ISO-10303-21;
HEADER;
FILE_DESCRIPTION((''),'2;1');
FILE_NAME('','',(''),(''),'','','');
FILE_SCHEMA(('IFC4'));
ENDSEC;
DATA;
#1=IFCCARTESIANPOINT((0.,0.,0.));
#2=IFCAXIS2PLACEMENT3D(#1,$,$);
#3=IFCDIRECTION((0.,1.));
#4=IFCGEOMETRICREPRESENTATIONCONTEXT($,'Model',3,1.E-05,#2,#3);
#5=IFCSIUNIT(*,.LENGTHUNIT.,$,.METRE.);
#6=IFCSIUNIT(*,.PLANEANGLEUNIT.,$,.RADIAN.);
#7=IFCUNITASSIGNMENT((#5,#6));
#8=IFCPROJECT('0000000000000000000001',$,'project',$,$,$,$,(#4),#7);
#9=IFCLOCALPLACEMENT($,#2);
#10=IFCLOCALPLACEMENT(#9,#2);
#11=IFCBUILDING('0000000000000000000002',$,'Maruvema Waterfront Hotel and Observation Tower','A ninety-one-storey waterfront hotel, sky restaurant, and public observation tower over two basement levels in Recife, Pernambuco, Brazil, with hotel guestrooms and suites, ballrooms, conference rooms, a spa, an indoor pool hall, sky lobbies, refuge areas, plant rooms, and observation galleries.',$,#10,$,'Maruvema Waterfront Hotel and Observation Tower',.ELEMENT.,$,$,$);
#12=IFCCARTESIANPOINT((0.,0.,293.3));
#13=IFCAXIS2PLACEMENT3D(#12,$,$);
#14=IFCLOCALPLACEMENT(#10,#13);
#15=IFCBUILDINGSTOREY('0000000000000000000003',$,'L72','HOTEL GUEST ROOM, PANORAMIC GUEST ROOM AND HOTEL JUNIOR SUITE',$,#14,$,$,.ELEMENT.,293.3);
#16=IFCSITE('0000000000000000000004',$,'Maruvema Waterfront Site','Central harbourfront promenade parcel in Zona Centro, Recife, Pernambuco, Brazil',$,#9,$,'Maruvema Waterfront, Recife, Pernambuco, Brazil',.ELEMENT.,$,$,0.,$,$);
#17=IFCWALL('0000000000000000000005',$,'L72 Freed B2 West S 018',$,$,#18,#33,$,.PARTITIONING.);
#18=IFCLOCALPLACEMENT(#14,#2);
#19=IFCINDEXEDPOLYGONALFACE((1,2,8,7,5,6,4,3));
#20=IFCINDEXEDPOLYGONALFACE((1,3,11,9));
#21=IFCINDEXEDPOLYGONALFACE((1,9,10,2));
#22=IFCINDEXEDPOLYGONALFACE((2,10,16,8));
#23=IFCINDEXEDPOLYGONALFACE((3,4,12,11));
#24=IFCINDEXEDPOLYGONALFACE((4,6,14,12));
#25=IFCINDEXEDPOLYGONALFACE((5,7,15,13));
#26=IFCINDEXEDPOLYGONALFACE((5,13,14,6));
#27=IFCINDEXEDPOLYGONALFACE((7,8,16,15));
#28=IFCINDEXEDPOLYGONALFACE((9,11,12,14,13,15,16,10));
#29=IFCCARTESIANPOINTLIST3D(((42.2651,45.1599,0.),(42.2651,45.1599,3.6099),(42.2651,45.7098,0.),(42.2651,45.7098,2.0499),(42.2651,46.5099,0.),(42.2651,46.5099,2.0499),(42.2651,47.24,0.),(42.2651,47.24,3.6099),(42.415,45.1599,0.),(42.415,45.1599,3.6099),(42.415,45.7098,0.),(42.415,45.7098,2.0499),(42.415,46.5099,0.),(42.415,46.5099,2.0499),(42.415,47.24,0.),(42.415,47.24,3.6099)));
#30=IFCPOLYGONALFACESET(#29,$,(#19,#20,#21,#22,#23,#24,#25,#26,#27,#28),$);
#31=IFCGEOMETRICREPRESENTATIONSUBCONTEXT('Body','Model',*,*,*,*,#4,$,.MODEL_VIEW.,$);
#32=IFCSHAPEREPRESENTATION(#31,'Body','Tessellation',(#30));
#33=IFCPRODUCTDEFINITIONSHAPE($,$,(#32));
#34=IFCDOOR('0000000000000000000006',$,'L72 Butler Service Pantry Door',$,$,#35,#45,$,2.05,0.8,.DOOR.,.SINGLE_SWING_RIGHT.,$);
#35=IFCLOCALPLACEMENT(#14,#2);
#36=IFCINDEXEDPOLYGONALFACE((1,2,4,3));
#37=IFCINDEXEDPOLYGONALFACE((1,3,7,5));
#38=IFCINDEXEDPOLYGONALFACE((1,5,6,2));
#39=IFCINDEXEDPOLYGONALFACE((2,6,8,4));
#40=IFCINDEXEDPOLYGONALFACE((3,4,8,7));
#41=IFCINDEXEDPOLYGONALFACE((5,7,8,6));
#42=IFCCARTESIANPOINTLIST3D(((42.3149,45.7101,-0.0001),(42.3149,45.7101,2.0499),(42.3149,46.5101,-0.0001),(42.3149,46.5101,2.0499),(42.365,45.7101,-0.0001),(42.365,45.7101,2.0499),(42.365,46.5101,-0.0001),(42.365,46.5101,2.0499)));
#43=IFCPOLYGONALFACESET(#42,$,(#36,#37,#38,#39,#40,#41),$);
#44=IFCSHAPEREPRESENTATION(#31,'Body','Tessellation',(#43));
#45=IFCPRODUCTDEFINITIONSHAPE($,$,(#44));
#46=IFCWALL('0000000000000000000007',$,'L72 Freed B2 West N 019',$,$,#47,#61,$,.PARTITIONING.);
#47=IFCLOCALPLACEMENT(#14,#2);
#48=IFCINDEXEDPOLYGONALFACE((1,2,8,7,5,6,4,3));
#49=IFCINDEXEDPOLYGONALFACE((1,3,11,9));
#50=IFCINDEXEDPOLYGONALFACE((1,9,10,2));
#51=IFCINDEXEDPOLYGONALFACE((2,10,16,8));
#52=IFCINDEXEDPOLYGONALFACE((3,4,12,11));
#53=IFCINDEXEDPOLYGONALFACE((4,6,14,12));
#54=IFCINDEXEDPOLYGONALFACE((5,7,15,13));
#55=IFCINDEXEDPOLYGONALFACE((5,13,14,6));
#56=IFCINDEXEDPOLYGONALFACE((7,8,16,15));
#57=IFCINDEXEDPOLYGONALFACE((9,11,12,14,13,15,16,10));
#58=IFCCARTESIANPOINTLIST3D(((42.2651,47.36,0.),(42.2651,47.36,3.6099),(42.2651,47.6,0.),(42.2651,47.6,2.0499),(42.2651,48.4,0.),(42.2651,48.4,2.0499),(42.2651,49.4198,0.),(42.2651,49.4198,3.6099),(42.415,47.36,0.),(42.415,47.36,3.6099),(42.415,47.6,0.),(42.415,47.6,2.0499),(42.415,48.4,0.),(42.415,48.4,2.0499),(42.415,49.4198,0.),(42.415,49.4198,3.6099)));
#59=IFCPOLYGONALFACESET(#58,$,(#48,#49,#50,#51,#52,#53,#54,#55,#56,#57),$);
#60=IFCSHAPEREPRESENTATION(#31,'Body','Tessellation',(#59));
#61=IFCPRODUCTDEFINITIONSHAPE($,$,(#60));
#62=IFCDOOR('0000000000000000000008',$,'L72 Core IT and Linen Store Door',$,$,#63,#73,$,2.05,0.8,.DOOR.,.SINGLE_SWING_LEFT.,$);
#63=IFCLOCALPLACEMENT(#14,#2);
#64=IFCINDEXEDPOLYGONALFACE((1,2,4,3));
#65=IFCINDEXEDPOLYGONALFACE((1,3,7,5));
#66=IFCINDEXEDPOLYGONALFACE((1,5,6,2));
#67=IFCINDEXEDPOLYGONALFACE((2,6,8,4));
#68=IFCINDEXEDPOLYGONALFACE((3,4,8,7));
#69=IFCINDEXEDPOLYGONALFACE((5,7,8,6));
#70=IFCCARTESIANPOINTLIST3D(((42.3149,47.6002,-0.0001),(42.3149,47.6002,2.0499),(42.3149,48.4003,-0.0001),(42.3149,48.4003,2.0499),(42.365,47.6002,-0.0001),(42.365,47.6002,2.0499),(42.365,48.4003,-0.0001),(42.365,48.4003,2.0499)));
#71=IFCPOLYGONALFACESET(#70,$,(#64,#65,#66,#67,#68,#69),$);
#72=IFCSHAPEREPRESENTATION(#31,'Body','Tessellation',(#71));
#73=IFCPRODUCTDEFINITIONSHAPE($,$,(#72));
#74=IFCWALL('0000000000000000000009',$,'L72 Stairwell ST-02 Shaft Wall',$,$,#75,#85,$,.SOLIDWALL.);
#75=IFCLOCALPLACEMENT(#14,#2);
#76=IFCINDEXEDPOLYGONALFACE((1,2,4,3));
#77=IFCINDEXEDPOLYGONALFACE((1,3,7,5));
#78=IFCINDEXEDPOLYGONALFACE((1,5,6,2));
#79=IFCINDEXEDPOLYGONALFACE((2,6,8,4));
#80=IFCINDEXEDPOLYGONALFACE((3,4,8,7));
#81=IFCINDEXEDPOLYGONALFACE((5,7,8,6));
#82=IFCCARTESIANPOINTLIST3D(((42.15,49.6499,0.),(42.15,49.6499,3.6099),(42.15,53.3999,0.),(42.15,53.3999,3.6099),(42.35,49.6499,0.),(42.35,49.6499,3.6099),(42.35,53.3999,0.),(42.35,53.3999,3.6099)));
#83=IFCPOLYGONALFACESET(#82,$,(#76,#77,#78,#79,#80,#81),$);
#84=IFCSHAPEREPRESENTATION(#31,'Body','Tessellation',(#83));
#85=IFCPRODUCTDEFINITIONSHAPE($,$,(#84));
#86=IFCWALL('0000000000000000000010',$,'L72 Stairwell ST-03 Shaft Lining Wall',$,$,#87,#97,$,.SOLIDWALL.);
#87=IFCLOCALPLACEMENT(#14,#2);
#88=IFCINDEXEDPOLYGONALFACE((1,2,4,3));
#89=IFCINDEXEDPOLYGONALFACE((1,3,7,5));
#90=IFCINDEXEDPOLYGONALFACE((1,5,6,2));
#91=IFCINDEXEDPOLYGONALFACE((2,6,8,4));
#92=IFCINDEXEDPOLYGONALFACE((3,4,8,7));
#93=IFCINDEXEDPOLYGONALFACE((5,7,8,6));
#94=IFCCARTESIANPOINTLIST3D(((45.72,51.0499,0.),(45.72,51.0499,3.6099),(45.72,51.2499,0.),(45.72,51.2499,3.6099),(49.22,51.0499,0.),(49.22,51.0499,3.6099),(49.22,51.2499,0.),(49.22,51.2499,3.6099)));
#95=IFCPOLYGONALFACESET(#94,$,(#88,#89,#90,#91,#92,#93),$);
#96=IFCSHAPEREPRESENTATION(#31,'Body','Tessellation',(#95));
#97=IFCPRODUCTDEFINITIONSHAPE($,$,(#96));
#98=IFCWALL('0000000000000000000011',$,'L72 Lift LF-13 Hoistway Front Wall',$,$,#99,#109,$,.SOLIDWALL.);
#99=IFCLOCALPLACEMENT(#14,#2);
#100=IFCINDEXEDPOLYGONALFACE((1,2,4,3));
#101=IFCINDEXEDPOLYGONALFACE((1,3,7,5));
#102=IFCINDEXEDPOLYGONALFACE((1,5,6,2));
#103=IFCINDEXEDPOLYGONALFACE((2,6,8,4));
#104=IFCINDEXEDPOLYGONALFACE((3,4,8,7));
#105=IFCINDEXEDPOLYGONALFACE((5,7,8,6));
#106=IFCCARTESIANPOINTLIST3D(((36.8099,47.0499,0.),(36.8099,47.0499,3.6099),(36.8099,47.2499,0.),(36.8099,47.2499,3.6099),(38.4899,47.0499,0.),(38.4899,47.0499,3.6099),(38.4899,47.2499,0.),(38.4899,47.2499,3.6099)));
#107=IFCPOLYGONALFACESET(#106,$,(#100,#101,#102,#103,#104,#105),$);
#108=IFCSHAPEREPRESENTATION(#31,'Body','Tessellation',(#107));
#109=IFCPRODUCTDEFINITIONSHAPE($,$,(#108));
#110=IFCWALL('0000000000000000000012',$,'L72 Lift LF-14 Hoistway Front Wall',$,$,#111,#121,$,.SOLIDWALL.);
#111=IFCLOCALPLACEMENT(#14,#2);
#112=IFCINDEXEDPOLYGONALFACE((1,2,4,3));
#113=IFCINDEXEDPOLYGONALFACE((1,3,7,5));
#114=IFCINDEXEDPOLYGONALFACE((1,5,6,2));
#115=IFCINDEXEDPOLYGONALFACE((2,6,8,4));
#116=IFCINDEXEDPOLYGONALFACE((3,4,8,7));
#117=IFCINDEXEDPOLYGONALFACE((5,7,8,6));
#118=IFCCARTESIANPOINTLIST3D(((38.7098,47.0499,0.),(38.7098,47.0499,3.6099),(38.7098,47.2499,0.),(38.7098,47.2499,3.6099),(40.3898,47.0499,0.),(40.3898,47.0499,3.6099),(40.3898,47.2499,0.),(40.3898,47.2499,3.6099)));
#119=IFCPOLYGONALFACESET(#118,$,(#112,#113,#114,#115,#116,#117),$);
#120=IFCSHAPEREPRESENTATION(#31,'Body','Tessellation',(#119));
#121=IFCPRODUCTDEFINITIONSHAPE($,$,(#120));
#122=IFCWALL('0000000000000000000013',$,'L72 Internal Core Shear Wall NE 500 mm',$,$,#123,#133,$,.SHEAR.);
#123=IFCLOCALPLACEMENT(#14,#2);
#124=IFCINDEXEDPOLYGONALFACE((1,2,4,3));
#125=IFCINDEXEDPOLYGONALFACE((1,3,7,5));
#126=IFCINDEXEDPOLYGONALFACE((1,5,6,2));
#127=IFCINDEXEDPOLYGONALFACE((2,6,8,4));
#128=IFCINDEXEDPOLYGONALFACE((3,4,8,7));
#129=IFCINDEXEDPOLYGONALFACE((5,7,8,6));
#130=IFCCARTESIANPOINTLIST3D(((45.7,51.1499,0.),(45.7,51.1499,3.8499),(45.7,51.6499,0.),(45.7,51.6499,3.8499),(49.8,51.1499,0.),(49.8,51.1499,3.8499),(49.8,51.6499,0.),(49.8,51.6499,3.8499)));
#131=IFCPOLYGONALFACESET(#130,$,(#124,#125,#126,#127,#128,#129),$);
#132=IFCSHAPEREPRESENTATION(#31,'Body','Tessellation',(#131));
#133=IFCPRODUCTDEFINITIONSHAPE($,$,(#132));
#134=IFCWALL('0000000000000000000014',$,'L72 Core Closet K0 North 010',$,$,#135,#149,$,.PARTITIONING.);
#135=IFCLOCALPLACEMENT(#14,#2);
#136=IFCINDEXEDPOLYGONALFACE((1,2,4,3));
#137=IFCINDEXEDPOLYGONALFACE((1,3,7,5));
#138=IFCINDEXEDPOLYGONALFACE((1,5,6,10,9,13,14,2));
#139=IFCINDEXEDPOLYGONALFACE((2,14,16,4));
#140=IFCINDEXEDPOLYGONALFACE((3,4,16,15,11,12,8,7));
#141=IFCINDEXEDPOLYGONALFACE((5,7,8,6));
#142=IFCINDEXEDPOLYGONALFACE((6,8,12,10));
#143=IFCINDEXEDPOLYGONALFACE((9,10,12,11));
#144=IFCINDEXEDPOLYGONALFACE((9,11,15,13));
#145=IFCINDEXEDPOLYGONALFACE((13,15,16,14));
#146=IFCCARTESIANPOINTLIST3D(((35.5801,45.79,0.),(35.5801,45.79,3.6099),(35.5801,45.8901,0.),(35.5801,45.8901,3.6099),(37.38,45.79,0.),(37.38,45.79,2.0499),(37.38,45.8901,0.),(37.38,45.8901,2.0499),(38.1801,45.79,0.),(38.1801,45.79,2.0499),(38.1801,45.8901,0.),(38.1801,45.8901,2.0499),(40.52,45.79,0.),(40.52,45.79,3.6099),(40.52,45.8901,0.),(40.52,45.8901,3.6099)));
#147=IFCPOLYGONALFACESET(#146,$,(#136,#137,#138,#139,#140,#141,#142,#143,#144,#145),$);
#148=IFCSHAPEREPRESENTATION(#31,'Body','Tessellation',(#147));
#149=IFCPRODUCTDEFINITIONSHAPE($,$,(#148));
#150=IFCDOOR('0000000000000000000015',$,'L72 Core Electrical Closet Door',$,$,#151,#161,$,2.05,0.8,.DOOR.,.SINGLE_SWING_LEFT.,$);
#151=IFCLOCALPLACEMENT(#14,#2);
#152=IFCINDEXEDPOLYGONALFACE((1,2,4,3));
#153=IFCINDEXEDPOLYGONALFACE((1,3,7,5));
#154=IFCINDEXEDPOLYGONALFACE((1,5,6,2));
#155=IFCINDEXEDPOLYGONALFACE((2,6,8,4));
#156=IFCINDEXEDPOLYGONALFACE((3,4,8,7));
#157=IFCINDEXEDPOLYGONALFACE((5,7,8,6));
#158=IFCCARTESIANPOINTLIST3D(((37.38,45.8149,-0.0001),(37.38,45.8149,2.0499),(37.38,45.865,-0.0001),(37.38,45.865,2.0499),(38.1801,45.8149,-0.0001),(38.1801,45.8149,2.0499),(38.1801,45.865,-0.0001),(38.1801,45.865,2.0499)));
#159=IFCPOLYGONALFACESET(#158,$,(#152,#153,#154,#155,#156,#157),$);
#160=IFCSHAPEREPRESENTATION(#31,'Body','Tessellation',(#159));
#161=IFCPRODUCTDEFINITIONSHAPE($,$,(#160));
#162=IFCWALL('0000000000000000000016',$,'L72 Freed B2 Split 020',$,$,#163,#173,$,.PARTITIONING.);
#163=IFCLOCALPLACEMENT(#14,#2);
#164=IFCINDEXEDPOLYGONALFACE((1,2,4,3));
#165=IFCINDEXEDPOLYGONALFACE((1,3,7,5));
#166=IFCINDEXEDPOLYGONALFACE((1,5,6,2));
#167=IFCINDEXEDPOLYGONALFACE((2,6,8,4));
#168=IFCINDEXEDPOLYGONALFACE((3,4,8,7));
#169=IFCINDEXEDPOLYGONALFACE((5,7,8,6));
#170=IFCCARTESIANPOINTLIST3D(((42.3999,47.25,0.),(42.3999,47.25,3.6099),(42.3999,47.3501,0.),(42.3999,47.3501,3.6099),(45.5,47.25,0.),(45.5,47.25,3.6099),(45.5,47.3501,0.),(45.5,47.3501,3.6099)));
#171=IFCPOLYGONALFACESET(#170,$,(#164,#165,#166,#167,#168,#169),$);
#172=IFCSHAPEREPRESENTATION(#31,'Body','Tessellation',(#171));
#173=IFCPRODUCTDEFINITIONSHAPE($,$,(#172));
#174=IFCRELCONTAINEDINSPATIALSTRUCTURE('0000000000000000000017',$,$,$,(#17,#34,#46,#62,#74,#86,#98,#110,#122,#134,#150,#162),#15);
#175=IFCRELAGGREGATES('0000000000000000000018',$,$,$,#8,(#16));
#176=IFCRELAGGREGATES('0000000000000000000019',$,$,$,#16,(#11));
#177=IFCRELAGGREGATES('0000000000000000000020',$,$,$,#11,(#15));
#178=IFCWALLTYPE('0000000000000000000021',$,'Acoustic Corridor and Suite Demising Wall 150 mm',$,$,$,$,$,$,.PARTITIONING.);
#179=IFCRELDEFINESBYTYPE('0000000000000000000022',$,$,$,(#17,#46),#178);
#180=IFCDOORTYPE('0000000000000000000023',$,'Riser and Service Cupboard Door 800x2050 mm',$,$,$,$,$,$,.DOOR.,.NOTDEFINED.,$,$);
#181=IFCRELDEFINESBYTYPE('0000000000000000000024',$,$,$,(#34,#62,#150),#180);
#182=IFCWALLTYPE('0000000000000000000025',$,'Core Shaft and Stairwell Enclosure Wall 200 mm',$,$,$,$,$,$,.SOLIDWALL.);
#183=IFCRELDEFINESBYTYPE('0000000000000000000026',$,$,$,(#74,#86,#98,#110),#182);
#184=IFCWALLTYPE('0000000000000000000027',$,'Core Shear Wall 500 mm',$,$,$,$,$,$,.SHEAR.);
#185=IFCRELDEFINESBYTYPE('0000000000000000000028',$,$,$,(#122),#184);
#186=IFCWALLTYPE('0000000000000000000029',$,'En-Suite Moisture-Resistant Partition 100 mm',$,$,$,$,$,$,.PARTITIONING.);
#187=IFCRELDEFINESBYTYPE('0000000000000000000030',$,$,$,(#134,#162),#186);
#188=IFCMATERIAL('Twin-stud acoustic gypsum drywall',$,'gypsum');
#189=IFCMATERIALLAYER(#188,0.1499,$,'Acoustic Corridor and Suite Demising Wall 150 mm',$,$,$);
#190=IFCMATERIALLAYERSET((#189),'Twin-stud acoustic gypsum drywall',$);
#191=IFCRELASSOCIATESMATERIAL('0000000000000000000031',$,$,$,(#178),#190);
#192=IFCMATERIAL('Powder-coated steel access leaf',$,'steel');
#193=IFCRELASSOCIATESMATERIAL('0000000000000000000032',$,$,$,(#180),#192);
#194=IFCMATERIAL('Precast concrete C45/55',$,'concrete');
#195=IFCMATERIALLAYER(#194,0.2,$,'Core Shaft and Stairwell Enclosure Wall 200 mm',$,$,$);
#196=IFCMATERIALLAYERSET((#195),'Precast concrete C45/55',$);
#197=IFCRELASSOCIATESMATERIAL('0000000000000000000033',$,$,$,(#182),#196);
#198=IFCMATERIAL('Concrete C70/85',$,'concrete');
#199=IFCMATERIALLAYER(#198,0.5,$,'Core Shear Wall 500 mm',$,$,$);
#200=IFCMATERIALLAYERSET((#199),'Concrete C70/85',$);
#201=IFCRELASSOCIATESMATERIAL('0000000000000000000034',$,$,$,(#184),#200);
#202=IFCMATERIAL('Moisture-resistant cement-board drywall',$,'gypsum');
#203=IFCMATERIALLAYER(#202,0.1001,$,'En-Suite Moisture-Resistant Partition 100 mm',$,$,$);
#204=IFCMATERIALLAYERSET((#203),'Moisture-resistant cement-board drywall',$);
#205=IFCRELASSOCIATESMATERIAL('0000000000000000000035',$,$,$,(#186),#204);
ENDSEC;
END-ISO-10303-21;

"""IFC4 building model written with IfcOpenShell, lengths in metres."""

from ifc_helpers import new_model, si_unit, direction, frame, frame_2d, origin, place, context, subcontext, project, spatial, rectangle, extrude, material, layer, layer_set, type_object, element, fill, save


model = new_model("IFC4")

# Units and contexts
model_context = context("Model", 3, precision=1e-05, world=origin(), true_north=direction((0.0, 1.0)))
body_context = subcontext(model_context, "Body", "Model", "MODEL_VIEW")
ifc_project = project(units=[si_unit("LENGTHUNIT", "METRE"), si_unit("PLANEANGLEUNIT", "RADIAN")], contexts=[model_context])

# Site, building, storey
site_placement = place(None, origin())
site = spatial("IfcSite", under=ifc_project, at=site_placement, Name="Maruvema Waterfront Site", Description="Central harbourfront promenade parcel in Zona Centro, Recife, Pernambuco, Brazil", LongName="Maruvema Waterfront, Recife, Pernambuco, Brazil", CompositionType="ELEMENT", RefElevation=0.0)
building_placement = place(site_placement, origin())
building = spatial("IfcBuilding", under=site, at=building_placement, Name="Maruvema Waterfront Hotel and Observation Tower", Description="A ninety-one-storey waterfront hotel, sky restaurant, and public observation tower over two basement levels in Recife, Pernambuco, Brazil, with hotel guestrooms and suites, ballrooms, conference rooms, a spa, an indoor pool hall, sky lobbies, refuge areas, plant rooms, and observation galleries.", LongName="Maruvema Waterfront Hotel and Observation Tower", CompositionType="ELEMENT")
storey_placement = place(building_placement, frame((0.0, 0.0, 293.3)))
storey = spatial("IfcBuildingStorey", under=building, at=storey_placement, Name="L72", Description="HOTEL GUEST ROOM, PANORAMIC GUEST ROOM AND HOTEL JUNIOR SUITE", CompositionType="ELEMENT", Elevation=293.3)

# Walls, openings, doors
ifc_material_1 = material(Name="Twin-stud acoustic gypsum drywall", Category="gypsum")
ifc_layer_1 = layer(ifc_material_1, 0.1499, Name="Acoustic Corridor and Suite Demising Wall 150 mm")
ifc_layer_set_1 = layer_set([ifc_layer_1], Name="Twin-stud acoustic gypsum drywall")
wall_type_1 = type_object("IfcWallType", Name="Acoustic Corridor and Suite Demising Wall 150 mm", PredefinedType="PARTITIONING", material=ifc_layer_set_1)
wall_1_placement = place(storey_placement, frame((42.3401, 45.1599, 0.0), z_axis=(0.0, 0.0, 1.0), x_axis=(0.0, 1.0, 0.0)))
wall_1 = element("IfcWall", 1, at=wall_1_placement, inside=storey, type_object=wall_type_1, Name="L72 Freed B2 West S 018", PredefinedType="PARTITIONING", context=body_context, shape_type="SweptSolid", body=[
    extrude(rectangle(XDim=2.0801, YDim=0.1499, at=frame_2d((1.04, 0.0))), origin(), (0.0, 0.0, 1.0), 3.6099),
])
opening_1_placement = place(wall_1_placement, frame((0.55, 0.0, 0.0)))
opening_1 = element("IfcOpeningElement", 2, at=opening_1_placement, cuts=wall_1, PredefinedType="OPENING", context=body_context, shape_type="SweptSolid", body=[
    extrude(rectangle(XDim=0.8, YDim=2.05, at=frame_2d((0.3999, 1.0249))), frame((0.0, 0.085, 0.0), z_axis=(0.0, -1.0, 0.0), x_axis=(1.0, 0.0, 0.0)), (0.0, 0.0, 1.0), 0.1699),
])
ifc_material_2 = material(Name="Powder-coated steel access leaf", Category="steel")
door_type = type_object("IfcDoorType", Name="Riser and Service Cupboard Door 800x2050 mm", OperationType="NOTDEFINED", PredefinedType="DOOR", material=ifc_material_2)
door_1_placement = place(opening_1_placement, frame((0.8, 0.0, 0.0), z_axis=(0.0, 0.0, 1.0), x_axis=(-1.0, 0.0, 0.0)))
door_1 = element("IfcDoor", 3, at=door_1_placement, inside=storey, type_object=door_type, Name="L72 Butler Service Pantry Door", OperationType="SINGLE_SWING_RIGHT", OverallHeight=2.05, OverallWidth=0.8, PredefinedType="DOOR", context=body_context, shape_type="SweptSolid", body=[
    extrude(rectangle(XDim=0.8, YDim=2.05, at=frame_2d((0.3999, 1.0249))), frame((0.0, 0.0249, 0.0), z_axis=(0.0, -1.0, 0.0), x_axis=(1.0, 0.0, 0.0)), (0.0, 0.0, 1.0), 0.05),
])
fill(opening_1, door_1)
wall_2_placement = place(storey_placement, frame((42.3401, 47.3601, 0.0), z_axis=(0.0, 0.0, 1.0), x_axis=(0.0, 1.0, 0.0)))
wall_2 = element("IfcWall", 4, at=wall_2_placement, inside=storey, type_object=wall_type_1, Name="L72 Freed B2 West N 019", PredefinedType="PARTITIONING", context=body_context, shape_type="SweptSolid", body=[
    extrude(rectangle(XDim=2.0598, YDim=0.1499, at=frame_2d((1.0298, 0.0))), origin(), (0.0, 0.0, 1.0), 3.6099),
])
opening_2_placement = place(wall_2_placement, frame((0.24, 0.0, 0.0)))
opening_2 = element("IfcOpeningElement", 5, at=opening_2_placement, cuts=wall_2, PredefinedType="OPENING", context=body_context, shape_type="SweptSolid", body=[
    extrude(rectangle(XDim=0.8, YDim=2.05, at=frame_2d((0.3999, 1.0249))), frame((0.0, 0.085, 0.0), z_axis=(0.0, -1.0, 0.0), x_axis=(1.0, 0.0, 0.0)), (0.0, 0.0, 1.0), 0.1699),
])
door_2_placement = place(opening_2_placement, frame((0.8, 0.0, 0.0), z_axis=(0.0, 0.0, 1.0), x_axis=(-1.0, 0.0, 0.0)))
door_2 = element("IfcDoor", 6, at=door_2_placement, inside=storey, type_object=door_type, Name="L72 Core IT and Linen Store Door", OperationType="SINGLE_SWING_LEFT", OverallHeight=2.05, OverallWidth=0.8, PredefinedType="DOOR", context=body_context, shape_type="SweptSolid", body=[
    extrude(rectangle(XDim=0.8, YDim=2.05, at=frame_2d((0.3999, 1.0249))), frame((0.0, 0.0249, 0.0), z_axis=(0.0, -1.0, 0.0), x_axis=(1.0, 0.0, 0.0)), (0.0, 0.0, 1.0), 0.05),
])
fill(opening_2, door_2)

# Walls
ifc_material_3 = material(Name="Precast concrete C45/55", Category="concrete")
ifc_layer_2 = layer(ifc_material_3, 0.2, Name="Core Shaft and Stairwell Enclosure Wall 200 mm")
ifc_layer_set_2 = layer_set([ifc_layer_2], Name="Precast concrete C45/55")
wall_type_2 = type_object("IfcWallType", Name="Core Shaft and Stairwell Enclosure Wall 200 mm", PredefinedType="SOLIDWALL", material=ifc_layer_set_2)
wall_3_placement = place(storey_placement, frame((42.25, 49.6499, 0.0), z_axis=(0.0, 0.0, 1.0), x_axis=(0.0, 1.0, 0.0)))
element("IfcWall", 7, at=wall_3_placement, inside=storey, type_object=wall_type_2, Name="L72 Stairwell ST-02 Shaft Wall", PredefinedType="SOLIDWALL", context=body_context, shape_type="SweptSolid", body=[
    extrude(rectangle(XDim=3.75, YDim=0.2, at=frame_2d((1.875, 0.0))), origin(), (0.0, 0.0, 1.0), 3.6099),
])
wall_4_placement = place(storey_placement, frame((45.72, 51.1499, 0.0), z_axis=(0.0, 0.0, 1.0), x_axis=(1.0, 0.0, 0.0)))
element("IfcWall", 8, at=wall_4_placement, inside=storey, type_object=wall_type_2, Name="L72 Stairwell ST-03 Shaft Lining Wall", PredefinedType="SOLIDWALL", context=body_context, shape_type="SweptSolid", body=[
    extrude(rectangle(XDim=3.5, YDim=0.2, at=frame_2d((1.75, 0.0))), origin(), (0.0, 0.0, 1.0), 3.6099),
])
for number, where, z_axis, x_axis, name in (
    (9, (36.8101, 47.1499, 0.0), (0.0, 0.0, 1.0), (1.0, 0.0, 0.0), "L72 Lift LF-13 Hoistway Front Wall"),
    (10, (38.71, 47.1499, 0.0), (0.0, 0.0, 1.0), (1.0, 0.0, 0.0), "L72 Lift LF-14 Hoistway Front Wall"),
):
    element("IfcWall", number, at=place(storey_placement, frame(where, z_axis=z_axis, x_axis=x_axis)), inside=storey, type_object=wall_type_2, Name=name, PredefinedType="SOLIDWALL", context=body_context, shape_type="SweptSolid", body=[
        extrude(rectangle(XDim=1.6799, YDim=0.2, at=frame_2d((0.8398, 0.0))), origin(), (0.0, 0.0, 1.0), 3.6099),
    ])
ifc_material_4 = material(Name="Concrete C70/85", Category="concrete")
ifc_layer_3 = layer(ifc_material_4, 0.5, Name="Core Shear Wall 500 mm")
ifc_layer_set_3 = layer_set([ifc_layer_3], Name="Concrete C70/85")
wall_type_3 = type_object("IfcWallType", Name="Core Shear Wall 500 mm", PredefinedType="SHEAR", material=ifc_layer_set_3)
wall_5_placement = place(storey_placement, frame((45.7, 51.3999, 0.0), z_axis=(0.0, 0.0, 1.0), x_axis=(1.0, 0.0, 0.0)))
element("IfcWall", 11, at=wall_5_placement, inside=storey, type_object=wall_type_3, Name="L72 Internal Core Shear Wall NE 500 mm", PredefinedType="SHEAR", context=body_context, shape_type="SweptSolid", body=[
    extrude(rectangle(XDim=4.1001, YDim=0.5, at=frame_2d((2.05, 0.0))), origin(), (0.0, 0.0, 1.0), 3.8499),
])

# Wall, opening, door
ifc_material_5 = material(Name="Moisture-resistant cement-board drywall", Category="gypsum")
ifc_layer_4 = layer(ifc_material_5, 0.1001, Name="En-Suite Moisture-Resistant Partition 100 mm")
ifc_layer_set_4 = layer_set([ifc_layer_4], Name="Moisture-resistant cement-board drywall")
wall_type_4 = type_object("IfcWallType", Name="En-Suite Moisture-Resistant Partition 100 mm", PredefinedType="PARTITIONING", material=ifc_layer_set_4)
wall_6_placement = place(storey_placement, frame((35.5801, 45.8401, 0.0), z_axis=(0.0, 0.0, 1.0), x_axis=(1.0, 0.0, 0.0)))
wall_6 = element("IfcWall", 12, at=wall_6_placement, inside=storey, type_object=wall_type_4, Name="L72 Core Closet K0 North 010", PredefinedType="PARTITIONING", context=body_context, shape_type="SweptSolid", body=[
    extrude(rectangle(XDim=4.9399, YDim=0.1001, at=frame_2d((2.47, 0.0))), origin(), (0.0, 0.0, 1.0), 3.6099),
])
opening_3_placement = place(wall_6_placement, frame((1.8, 0.0, 0.0)))
opening_3 = element("IfcOpeningElement", 13, at=opening_3_placement, cuts=wall_6, PredefinedType="OPENING", context=body_context, shape_type="SweptSolid", body=[
    extrude(rectangle(XDim=0.8, YDim=2.05, at=frame_2d((0.3999, 1.0249))), frame((0.0, 0.0601, 0.0), z_axis=(0.0, -1.0, 0.0), x_axis=(1.0, 0.0, 0.0)), (0.0, 0.0, 1.0), 0.1201),
])
door_3_placement = place(opening_3_placement, origin())
door_3 = element("IfcDoor", 14, at=door_3_placement, inside=storey, type_object=door_type, Name="L72 Core Electrical Closet Door", OperationType="SINGLE_SWING_LEFT", OverallHeight=2.05, OverallWidth=0.8, PredefinedType="DOOR", context=body_context, shape_type="SweptSolid", body=[
    extrude(rectangle(XDim=0.8, YDim=2.05, at=frame_2d((0.3999, 1.0249))), frame((0.0, 0.0249, 0.0), z_axis=(0.0, -1.0, 0.0), x_axis=(1.0, 0.0, 0.0)), (0.0, 0.0, 1.0), 0.05),
])
fill(opening_3, door_3)

# Wall
wall_7_placement = place(storey_placement, frame((42.3999, 47.3, 0.0), z_axis=(0.0, 0.0, 1.0), x_axis=(1.0, 0.0, 0.0)))
element("IfcWall", 15, at=wall_7_placement, inside=storey, type_object=wall_type_4, Name="L72 Freed B2 Split 020", PredefinedType="PARTITIONING", context=body_context, shape_type="SweptSolid", body=[
    extrude(rectangle(XDim=3.1001, YDim=0.1001, at=frame_2d((1.55, 0.0))), origin(), (0.0, 0.0, 1.0), 3.6099),
])

save(model, "model.ifc")
